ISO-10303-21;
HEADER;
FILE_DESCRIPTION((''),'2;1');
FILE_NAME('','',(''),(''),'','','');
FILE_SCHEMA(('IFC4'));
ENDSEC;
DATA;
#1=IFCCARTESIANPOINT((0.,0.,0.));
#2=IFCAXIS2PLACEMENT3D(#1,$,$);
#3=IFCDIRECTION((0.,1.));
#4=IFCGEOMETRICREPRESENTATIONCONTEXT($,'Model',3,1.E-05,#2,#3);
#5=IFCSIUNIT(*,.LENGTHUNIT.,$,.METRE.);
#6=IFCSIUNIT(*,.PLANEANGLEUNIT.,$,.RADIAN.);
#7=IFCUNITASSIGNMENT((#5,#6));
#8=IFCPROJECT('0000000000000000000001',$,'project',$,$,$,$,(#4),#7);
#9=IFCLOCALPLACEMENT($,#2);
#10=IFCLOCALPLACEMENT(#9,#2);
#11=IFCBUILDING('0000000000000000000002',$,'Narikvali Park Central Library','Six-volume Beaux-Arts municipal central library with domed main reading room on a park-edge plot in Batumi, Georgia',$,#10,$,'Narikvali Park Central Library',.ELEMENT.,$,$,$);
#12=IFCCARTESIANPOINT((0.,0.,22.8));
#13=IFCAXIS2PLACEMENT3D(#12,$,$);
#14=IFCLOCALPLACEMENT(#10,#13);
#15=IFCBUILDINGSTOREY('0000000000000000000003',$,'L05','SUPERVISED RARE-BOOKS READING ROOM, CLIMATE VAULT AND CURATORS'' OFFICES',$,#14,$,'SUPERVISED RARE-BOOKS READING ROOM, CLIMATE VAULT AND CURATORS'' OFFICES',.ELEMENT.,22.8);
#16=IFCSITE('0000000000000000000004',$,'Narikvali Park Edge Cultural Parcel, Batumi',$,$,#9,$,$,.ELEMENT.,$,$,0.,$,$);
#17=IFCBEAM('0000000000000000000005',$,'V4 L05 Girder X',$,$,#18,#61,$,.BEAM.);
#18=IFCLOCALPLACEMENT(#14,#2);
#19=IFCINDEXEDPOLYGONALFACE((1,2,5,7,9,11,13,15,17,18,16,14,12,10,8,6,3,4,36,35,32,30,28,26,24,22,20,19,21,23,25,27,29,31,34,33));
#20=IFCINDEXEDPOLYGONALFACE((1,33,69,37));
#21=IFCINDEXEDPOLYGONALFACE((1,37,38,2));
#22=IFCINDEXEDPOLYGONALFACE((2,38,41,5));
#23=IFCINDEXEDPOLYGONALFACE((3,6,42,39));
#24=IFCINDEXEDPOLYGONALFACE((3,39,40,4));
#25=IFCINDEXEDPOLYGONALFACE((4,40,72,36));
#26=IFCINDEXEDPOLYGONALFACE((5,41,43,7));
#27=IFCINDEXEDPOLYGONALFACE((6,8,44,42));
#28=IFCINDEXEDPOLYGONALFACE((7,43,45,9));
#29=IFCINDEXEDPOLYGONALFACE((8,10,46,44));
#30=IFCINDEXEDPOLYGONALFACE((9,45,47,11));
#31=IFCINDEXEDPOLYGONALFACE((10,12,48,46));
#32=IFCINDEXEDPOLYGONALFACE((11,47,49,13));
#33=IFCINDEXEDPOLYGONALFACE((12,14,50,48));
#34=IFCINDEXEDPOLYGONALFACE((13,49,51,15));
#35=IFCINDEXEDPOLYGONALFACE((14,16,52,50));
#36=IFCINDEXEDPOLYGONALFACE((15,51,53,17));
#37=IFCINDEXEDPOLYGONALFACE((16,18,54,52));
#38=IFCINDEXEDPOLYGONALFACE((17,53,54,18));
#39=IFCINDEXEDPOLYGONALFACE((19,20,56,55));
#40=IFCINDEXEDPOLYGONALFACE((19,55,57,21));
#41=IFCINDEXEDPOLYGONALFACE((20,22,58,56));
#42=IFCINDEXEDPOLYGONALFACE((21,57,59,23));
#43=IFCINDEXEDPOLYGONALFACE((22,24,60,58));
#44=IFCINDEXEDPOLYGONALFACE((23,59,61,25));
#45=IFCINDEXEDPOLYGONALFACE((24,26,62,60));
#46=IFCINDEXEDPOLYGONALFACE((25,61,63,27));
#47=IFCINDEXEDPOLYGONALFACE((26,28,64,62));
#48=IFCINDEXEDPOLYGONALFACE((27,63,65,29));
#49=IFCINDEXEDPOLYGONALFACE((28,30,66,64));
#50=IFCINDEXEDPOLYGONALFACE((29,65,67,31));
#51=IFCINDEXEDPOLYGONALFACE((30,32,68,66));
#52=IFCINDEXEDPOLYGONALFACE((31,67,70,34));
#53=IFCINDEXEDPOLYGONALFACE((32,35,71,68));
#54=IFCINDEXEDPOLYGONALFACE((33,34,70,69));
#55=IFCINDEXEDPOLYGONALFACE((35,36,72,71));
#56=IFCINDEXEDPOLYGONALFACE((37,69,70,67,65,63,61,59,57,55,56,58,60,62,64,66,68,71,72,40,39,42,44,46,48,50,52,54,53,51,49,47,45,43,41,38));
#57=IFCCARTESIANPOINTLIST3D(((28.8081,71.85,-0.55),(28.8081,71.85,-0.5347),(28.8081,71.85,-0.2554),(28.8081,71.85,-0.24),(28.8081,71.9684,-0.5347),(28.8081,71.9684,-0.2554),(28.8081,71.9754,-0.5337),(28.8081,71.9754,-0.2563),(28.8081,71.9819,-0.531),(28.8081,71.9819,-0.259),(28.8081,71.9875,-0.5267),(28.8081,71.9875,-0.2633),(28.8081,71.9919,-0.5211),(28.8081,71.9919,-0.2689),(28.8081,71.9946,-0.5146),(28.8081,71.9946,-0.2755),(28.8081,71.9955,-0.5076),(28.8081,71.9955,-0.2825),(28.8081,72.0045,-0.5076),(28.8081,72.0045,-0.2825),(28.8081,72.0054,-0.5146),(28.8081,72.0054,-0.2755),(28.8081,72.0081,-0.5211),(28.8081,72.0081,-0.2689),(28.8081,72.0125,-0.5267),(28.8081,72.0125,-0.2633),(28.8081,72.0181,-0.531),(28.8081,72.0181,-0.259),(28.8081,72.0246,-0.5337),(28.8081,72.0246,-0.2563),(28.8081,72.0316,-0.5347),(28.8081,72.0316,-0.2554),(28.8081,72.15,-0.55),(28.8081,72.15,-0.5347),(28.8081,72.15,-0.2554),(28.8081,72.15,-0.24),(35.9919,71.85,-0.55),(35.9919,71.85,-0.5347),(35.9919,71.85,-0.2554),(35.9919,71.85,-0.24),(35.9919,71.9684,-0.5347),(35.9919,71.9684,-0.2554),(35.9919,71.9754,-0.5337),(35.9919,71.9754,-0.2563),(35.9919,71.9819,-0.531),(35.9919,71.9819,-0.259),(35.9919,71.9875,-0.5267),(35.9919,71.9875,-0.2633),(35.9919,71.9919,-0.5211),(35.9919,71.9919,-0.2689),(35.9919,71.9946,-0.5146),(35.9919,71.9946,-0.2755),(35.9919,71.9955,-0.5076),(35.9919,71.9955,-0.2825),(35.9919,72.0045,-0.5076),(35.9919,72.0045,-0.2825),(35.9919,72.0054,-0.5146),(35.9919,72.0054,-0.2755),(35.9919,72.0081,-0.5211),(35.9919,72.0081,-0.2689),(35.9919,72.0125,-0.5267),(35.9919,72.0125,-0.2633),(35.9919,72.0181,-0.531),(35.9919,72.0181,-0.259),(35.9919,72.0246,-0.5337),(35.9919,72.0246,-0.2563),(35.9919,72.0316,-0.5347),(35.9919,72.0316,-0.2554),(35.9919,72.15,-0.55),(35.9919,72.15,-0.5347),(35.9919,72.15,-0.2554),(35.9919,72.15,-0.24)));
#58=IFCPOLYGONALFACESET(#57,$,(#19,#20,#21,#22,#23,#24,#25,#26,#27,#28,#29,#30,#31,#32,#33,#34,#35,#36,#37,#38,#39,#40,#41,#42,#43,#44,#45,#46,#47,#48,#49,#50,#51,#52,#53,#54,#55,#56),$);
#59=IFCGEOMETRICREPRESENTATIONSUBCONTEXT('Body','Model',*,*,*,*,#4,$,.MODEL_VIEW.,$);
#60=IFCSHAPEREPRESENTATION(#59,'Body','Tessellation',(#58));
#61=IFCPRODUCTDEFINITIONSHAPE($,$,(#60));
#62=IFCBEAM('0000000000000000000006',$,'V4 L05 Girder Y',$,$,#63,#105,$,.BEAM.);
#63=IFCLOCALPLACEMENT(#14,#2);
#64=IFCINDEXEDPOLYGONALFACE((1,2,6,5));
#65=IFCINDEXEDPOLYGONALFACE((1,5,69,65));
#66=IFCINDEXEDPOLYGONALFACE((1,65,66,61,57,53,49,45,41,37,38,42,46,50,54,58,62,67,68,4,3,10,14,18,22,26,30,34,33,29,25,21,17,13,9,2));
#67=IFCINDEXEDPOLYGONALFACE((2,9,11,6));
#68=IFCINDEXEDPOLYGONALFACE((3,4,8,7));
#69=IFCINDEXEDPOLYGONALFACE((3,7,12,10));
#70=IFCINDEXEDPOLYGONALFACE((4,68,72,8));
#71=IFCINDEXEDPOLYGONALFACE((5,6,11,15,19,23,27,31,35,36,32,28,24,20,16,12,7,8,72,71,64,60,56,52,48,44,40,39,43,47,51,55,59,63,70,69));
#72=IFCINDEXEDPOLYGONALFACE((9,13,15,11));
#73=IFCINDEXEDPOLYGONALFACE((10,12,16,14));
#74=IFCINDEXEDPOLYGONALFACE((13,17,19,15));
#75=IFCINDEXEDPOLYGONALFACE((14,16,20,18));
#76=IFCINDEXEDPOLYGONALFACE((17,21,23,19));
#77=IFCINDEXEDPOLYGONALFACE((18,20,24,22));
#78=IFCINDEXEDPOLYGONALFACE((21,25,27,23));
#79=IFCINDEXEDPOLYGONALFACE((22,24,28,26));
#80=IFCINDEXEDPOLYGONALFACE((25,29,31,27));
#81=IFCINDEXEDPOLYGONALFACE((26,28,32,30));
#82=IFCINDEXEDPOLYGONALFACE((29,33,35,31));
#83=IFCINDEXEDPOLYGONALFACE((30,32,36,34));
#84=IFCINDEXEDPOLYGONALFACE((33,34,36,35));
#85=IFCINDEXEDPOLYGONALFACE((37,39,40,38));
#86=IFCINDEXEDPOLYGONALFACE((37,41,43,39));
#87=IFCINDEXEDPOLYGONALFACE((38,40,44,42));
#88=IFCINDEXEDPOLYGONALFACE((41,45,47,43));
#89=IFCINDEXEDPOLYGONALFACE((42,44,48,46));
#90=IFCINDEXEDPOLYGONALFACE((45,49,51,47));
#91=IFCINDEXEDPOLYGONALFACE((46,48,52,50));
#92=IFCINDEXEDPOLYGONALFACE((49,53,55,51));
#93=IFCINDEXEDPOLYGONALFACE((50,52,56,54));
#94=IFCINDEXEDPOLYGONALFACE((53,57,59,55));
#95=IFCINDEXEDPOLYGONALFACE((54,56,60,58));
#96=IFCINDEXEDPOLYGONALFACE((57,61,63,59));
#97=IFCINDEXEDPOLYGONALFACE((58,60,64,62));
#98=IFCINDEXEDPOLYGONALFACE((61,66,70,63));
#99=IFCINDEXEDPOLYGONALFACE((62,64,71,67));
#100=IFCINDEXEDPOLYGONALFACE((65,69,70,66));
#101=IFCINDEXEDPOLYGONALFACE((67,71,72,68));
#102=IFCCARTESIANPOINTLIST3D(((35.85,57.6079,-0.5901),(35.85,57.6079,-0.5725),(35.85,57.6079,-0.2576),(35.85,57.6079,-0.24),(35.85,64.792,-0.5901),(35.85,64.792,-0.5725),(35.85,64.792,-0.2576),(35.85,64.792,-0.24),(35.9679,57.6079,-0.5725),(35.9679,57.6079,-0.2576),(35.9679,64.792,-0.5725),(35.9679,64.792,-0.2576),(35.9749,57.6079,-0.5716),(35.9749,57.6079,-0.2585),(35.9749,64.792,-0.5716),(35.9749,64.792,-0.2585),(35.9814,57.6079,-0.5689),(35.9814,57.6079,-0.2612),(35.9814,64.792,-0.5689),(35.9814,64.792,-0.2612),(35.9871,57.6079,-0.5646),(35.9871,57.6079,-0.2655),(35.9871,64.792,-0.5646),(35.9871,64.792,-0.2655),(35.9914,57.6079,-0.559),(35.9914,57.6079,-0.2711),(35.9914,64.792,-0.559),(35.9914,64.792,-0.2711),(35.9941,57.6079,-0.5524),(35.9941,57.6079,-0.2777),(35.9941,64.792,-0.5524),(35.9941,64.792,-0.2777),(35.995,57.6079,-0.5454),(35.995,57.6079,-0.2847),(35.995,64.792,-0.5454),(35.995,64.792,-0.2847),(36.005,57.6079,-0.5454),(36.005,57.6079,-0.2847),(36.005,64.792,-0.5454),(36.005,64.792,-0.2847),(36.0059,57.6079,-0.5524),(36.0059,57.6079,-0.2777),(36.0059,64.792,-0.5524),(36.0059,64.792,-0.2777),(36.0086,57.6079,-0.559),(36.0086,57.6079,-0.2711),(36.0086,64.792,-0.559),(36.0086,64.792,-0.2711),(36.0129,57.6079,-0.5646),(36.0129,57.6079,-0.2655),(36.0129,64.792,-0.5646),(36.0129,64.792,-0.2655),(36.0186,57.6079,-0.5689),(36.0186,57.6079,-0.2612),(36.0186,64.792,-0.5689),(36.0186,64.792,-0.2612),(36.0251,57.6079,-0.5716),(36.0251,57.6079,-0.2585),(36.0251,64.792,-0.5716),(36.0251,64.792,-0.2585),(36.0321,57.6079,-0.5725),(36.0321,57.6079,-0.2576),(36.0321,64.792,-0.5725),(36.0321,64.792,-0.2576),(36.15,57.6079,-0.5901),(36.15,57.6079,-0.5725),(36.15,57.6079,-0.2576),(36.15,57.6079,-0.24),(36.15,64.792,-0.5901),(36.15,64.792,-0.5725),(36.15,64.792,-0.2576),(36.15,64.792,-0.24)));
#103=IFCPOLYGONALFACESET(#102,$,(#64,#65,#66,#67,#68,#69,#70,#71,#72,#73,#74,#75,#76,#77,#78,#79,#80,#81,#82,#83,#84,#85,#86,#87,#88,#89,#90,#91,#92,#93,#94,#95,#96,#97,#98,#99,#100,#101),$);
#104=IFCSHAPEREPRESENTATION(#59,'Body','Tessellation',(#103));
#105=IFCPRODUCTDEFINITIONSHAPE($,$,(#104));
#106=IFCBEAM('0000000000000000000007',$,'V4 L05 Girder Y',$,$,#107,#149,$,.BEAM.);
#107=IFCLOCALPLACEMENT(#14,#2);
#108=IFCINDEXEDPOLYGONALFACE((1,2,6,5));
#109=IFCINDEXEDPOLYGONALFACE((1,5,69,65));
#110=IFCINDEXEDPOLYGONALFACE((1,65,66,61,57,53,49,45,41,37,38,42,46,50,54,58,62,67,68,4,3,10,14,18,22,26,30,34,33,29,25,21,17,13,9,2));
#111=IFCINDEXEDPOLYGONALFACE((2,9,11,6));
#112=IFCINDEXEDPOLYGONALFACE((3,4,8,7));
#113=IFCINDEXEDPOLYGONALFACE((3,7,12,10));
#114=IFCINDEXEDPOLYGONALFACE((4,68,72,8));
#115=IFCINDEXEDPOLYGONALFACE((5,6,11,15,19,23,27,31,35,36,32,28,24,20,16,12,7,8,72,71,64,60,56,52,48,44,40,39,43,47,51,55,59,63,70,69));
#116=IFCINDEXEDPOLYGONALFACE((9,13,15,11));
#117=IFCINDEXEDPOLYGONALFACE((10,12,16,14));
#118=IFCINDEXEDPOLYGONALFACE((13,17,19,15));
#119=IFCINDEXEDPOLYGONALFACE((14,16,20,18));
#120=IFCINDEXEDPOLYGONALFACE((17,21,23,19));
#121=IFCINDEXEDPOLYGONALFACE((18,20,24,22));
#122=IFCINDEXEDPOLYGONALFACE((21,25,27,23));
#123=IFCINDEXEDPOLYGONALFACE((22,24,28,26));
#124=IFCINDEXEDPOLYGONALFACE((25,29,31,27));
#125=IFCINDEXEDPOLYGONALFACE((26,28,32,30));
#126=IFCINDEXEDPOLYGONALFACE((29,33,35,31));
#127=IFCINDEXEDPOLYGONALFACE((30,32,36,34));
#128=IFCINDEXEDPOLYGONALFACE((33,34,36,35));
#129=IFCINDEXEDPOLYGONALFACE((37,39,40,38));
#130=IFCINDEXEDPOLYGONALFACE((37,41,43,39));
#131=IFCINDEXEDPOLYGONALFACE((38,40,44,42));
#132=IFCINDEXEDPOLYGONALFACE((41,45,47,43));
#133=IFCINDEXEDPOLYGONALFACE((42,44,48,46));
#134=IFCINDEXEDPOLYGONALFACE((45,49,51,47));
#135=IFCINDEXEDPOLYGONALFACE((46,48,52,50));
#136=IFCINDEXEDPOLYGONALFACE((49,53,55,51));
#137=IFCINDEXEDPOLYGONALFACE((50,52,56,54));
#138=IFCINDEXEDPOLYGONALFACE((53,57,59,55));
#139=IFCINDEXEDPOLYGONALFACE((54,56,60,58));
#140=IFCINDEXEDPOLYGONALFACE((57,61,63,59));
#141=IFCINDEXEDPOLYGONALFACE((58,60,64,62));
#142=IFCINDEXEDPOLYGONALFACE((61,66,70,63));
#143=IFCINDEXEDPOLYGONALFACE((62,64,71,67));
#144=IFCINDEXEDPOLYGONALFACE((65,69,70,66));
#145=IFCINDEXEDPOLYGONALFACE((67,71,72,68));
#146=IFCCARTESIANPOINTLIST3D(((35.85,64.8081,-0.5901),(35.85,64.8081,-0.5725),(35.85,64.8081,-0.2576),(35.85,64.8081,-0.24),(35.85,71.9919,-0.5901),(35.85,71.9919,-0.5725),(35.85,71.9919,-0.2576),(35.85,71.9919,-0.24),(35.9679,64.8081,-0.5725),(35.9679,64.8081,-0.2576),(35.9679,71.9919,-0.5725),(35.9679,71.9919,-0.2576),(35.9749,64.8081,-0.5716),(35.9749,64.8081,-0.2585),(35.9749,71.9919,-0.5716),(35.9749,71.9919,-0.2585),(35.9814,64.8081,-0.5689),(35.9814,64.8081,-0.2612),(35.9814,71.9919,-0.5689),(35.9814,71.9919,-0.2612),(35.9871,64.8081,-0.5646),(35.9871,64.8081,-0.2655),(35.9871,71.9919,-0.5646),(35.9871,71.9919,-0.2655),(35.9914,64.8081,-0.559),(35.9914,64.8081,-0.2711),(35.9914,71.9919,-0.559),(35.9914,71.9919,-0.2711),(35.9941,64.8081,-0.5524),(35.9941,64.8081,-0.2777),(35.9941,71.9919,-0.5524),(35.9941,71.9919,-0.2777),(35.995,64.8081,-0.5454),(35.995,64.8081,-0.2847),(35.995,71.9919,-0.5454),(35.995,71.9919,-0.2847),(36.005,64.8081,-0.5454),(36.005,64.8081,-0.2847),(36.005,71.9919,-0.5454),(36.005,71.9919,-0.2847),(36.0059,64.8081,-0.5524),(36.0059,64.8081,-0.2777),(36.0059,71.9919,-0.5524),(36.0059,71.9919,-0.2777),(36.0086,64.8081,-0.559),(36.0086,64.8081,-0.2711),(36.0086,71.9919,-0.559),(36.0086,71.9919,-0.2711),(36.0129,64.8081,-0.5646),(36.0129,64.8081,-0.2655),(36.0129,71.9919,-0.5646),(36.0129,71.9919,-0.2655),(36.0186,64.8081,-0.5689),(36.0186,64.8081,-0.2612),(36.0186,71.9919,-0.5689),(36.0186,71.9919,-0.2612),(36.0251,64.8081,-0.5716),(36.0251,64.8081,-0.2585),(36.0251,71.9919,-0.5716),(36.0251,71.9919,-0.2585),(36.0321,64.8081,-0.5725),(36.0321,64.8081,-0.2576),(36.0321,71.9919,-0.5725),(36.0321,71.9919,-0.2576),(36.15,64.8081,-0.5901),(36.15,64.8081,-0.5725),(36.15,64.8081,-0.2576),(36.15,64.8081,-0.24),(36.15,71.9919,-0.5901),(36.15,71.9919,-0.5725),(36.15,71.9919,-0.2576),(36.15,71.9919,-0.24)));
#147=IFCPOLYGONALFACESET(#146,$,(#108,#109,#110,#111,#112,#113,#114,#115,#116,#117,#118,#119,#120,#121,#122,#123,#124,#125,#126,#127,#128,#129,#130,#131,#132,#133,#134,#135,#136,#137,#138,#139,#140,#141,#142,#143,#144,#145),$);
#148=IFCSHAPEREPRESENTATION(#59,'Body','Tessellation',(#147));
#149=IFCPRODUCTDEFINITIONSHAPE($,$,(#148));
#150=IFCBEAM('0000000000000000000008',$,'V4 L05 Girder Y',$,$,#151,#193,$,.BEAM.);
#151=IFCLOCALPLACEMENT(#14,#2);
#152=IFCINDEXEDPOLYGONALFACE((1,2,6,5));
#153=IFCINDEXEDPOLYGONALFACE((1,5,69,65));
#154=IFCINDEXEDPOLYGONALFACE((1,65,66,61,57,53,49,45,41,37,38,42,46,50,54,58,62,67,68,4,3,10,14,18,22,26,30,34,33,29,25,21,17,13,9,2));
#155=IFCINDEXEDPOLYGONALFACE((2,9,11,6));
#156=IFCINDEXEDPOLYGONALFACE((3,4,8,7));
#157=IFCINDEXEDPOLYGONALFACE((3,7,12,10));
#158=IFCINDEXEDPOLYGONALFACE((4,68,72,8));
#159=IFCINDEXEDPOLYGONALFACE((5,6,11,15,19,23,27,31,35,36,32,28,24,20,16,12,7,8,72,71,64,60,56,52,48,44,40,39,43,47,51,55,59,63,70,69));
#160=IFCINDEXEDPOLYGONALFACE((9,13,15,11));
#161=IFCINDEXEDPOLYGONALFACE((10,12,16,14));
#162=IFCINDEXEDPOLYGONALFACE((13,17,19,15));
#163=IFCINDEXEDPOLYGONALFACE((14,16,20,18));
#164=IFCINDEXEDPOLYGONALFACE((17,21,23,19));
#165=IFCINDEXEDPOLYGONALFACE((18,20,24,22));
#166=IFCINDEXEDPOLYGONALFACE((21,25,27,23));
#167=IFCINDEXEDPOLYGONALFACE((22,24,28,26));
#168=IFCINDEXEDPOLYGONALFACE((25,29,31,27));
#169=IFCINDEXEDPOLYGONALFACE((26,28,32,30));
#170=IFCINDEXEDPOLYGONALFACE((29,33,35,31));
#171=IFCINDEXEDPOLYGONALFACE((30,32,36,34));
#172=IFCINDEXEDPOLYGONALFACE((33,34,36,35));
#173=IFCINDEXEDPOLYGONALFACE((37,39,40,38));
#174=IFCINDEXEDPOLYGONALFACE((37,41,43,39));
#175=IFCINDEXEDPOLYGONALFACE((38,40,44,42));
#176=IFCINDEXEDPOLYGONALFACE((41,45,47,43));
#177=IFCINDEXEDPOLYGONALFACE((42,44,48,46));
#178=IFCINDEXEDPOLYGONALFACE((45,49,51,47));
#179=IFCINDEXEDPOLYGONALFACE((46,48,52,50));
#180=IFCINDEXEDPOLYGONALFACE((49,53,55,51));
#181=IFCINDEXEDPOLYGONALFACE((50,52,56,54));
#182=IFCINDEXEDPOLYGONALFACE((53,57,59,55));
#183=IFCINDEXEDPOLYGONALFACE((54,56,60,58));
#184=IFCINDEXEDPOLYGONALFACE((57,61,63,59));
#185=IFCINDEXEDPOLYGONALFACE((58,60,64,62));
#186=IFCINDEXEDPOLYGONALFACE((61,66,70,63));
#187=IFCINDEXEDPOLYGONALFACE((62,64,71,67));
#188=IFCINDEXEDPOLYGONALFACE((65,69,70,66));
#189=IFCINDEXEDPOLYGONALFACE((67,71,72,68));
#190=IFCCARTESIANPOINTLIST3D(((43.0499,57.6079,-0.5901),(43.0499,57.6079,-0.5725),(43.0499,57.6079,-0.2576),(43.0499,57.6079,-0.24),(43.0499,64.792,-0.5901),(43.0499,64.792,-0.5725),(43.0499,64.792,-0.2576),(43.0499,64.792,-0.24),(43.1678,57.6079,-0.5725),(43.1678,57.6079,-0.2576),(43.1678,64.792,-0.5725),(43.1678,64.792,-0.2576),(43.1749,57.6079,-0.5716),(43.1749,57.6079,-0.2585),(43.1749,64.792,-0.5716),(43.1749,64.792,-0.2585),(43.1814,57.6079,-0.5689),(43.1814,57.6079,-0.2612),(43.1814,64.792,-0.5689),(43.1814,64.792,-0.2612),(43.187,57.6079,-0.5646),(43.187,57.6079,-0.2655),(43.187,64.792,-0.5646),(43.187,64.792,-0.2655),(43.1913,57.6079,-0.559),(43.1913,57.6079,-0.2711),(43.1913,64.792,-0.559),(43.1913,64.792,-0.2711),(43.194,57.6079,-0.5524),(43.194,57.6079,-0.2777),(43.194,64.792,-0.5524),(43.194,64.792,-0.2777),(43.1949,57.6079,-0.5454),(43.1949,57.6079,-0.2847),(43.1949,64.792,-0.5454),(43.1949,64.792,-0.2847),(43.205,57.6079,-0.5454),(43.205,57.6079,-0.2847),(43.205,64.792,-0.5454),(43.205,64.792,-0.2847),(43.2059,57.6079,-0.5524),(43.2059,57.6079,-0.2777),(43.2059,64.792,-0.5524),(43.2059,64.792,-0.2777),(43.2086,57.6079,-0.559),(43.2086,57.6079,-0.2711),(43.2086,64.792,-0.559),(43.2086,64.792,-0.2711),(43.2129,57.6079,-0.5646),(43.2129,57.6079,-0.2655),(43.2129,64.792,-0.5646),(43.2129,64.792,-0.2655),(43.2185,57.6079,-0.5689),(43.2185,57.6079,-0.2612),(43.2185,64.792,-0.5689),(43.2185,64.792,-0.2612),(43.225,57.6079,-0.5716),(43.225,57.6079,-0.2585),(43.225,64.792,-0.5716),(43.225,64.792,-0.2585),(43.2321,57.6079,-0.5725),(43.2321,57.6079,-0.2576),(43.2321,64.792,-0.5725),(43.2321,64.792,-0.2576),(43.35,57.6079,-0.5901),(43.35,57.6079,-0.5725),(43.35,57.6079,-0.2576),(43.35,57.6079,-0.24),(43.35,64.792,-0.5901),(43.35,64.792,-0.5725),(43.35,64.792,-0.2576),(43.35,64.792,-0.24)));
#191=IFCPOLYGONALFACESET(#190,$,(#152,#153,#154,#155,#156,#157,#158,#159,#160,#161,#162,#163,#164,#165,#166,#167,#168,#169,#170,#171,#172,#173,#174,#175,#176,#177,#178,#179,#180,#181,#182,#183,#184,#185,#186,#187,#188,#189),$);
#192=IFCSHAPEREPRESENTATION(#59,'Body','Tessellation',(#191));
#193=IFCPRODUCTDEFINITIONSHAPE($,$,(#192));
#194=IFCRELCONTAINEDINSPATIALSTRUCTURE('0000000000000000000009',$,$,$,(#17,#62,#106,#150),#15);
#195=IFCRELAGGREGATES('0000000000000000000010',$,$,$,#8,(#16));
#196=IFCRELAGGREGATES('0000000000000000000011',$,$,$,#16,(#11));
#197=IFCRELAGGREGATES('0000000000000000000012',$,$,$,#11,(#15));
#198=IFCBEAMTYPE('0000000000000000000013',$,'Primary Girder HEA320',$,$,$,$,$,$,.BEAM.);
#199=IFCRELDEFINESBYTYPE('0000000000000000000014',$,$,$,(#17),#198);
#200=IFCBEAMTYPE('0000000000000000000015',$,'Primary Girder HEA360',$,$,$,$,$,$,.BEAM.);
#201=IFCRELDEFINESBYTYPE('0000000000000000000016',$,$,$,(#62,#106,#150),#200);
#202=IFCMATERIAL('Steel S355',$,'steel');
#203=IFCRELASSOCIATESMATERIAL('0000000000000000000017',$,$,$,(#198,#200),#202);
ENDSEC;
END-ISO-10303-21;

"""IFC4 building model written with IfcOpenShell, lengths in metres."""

from ifc_helpers import new_model, si_unit, direction, frame, origin, origin_2d, place, context, subcontext, project, spatial, i_section, extrude, material, material_profile, profile_set, type_object, element, save


model = new_model("IFC4")

# Units and contexts
model_context = context("Model", 3, precision=1e-05, world=origin(), true_north=direction((0.0, 1.0)))
body_context = subcontext(model_context, "Body", "Model", "MODEL_VIEW")
ifc_project = project(units=[si_unit("LENGTHUNIT", "METRE"), si_unit("PLANEANGLEUNIT", "RADIAN")], contexts=[model_context])

# Site, building, storey
site_placement = place(None, origin())
site = spatial("IfcSite", under=ifc_project, at=site_placement, Name="Narikvali Park Edge Cultural Parcel, Batumi", CompositionType="ELEMENT", RefElevation=0.0)
building_placement = place(site_placement, origin())
building = spatial("IfcBuilding", under=site, at=building_placement, Name="Narikvali Park Central Library", Description="Six-volume Beaux-Arts municipal central library with domed main reading room on a park-edge plot in Batumi, Georgia", LongName="Narikvali Park Central Library", CompositionType="ELEMENT")
storey_placement = place(building_placement, frame((0.0, 0.0, 22.8)))
storey = spatial("IfcBuildingStorey", under=building, at=storey_placement, Name="L05", Description="SUPERVISED RARE-BOOKS READING ROOM, CLIMATE VAULT AND CURATORS' OFFICES", LongName="SUPERVISED RARE-BOOKS READING ROOM, CLIMATE VAULT AND CURATORS' OFFICES", CompositionType="ELEMENT", Elevation=22.8)

# Shared definitions
ifc_material_1 = material(Name="Steel S355", Category="steel")

# Beams
ifc_material_profile_1 = material_profile(ifc_material_1, i_section(OverallWidth=0.3, OverallDepth=0.3101, WebThickness=0.009, FlangeThickness=0.0154, FilletRadius=0.0271, at=origin_2d()), Name="HEA 320")
ifc_profile_set_1 = profile_set([ifc_material_profile_1], Name="Steel S355")
beam_type_1 = type_object("IfcBeamType", Name="Primary Girder HEA320", PredefinedType="BEAM", material=ifc_profile_set_1)
for number, where, z_axis, x_axis, name in (
    (1, (28.8081, 72.0, -0.395), (1.0, 0.0, 0.0), (0.0, 1.0, 0.0), "V4 L05 Girder X"),
):
    element("IfcBeam", number, at=place(storey_placement, frame(where, z_axis=z_axis, x_axis=x_axis)), inside=storey, type_object=beam_type_1, Name=name, PredefinedType="BEAM", context=body_context, shape_type="SweptSolid", body=[
        extrude(i_section(OverallWidth=0.3, OverallDepth=0.3101, WebThickness=0.009, FlangeThickness=0.0154, FilletRadius=0.0271, at=origin_2d()), origin(), (0.0, 0.0, 1.0), 7.1838),
    ])
ifc_material_profile_2 = material_profile(ifc_material_1, i_section(OverallWidth=0.3, OverallDepth=0.3501, WebThickness=0.01, FlangeThickness=0.0176, FilletRadius=0.0271, at=origin_2d()), Name="HEA 360")
ifc_profile_set_2 = profile_set([ifc_material_profile_2], Name="Steel S355")
beam_type_2 = type_object("IfcBeamType", Name="Primary Girder HEA360", PredefinedType="BEAM", material=ifc_profile_set_2)
beam_1_placement = place(storey_placement, frame((36.0, 57.6079, -0.415), z_axis=(0.0, 1.0, 0.0), x_axis=(-1.0, 0.0, 0.0)))
element("IfcBeam", 2, at=beam_1_placement, inside=storey, type_object=beam_type_2, Name="V4 L05 Girder Y", PredefinedType="BEAM", context=body_context, shape_type="SweptSolid", body=[
    extrude(i_section(OverallWidth=0.3, OverallDepth=0.3501, WebThickness=0.01, FlangeThickness=0.0176, FilletRadius=0.0271, at=origin_2d()), origin(), (0.0, 0.0, 1.0), 7.1841),
])
beam_2_placement = place(storey_placement, frame((36.0, 64.8081, -0.415), z_axis=(0.0, 1.0, 0.0), x_axis=(-1.0, 0.0, 0.0)))
element("IfcBeam", 3, at=beam_2_placement, inside=storey, type_object=beam_type_2, Name="V4 L05 Girder Y", PredefinedType="BEAM", context=body_context, shape_type="SweptSolid", body=[
    extrude(i_section(OverallWidth=0.3, OverallDepth=0.3501, WebThickness=0.01, FlangeThickness=0.0176, FilletRadius=0.0271, at=origin_2d()), origin(), (0.0, 0.0, 1.0), 7.1838),
])
beam_3_placement = place(storey_placement, frame((43.2, 57.6079, -0.415), z_axis=(0.0, 1.0, 0.0), x_axis=(-1.0, 0.0, 0.0)))
element("IfcBeam", 4, at=beam_3_placement, inside=storey, type_object=beam_type_2, Name="V4 L05 Girder Y", PredefinedType="BEAM", context=body_context, shape_type="SweptSolid", body=[
    extrude(i_section(OverallWidth=0.3, OverallDepth=0.3501, WebThickness=0.01, FlangeThickness=0.0176, FilletRadius=0.0271, at=origin_2d()), origin(), (0.0, 0.0, 1.0), 7.1841),
])

save(model, "model.ifc")
